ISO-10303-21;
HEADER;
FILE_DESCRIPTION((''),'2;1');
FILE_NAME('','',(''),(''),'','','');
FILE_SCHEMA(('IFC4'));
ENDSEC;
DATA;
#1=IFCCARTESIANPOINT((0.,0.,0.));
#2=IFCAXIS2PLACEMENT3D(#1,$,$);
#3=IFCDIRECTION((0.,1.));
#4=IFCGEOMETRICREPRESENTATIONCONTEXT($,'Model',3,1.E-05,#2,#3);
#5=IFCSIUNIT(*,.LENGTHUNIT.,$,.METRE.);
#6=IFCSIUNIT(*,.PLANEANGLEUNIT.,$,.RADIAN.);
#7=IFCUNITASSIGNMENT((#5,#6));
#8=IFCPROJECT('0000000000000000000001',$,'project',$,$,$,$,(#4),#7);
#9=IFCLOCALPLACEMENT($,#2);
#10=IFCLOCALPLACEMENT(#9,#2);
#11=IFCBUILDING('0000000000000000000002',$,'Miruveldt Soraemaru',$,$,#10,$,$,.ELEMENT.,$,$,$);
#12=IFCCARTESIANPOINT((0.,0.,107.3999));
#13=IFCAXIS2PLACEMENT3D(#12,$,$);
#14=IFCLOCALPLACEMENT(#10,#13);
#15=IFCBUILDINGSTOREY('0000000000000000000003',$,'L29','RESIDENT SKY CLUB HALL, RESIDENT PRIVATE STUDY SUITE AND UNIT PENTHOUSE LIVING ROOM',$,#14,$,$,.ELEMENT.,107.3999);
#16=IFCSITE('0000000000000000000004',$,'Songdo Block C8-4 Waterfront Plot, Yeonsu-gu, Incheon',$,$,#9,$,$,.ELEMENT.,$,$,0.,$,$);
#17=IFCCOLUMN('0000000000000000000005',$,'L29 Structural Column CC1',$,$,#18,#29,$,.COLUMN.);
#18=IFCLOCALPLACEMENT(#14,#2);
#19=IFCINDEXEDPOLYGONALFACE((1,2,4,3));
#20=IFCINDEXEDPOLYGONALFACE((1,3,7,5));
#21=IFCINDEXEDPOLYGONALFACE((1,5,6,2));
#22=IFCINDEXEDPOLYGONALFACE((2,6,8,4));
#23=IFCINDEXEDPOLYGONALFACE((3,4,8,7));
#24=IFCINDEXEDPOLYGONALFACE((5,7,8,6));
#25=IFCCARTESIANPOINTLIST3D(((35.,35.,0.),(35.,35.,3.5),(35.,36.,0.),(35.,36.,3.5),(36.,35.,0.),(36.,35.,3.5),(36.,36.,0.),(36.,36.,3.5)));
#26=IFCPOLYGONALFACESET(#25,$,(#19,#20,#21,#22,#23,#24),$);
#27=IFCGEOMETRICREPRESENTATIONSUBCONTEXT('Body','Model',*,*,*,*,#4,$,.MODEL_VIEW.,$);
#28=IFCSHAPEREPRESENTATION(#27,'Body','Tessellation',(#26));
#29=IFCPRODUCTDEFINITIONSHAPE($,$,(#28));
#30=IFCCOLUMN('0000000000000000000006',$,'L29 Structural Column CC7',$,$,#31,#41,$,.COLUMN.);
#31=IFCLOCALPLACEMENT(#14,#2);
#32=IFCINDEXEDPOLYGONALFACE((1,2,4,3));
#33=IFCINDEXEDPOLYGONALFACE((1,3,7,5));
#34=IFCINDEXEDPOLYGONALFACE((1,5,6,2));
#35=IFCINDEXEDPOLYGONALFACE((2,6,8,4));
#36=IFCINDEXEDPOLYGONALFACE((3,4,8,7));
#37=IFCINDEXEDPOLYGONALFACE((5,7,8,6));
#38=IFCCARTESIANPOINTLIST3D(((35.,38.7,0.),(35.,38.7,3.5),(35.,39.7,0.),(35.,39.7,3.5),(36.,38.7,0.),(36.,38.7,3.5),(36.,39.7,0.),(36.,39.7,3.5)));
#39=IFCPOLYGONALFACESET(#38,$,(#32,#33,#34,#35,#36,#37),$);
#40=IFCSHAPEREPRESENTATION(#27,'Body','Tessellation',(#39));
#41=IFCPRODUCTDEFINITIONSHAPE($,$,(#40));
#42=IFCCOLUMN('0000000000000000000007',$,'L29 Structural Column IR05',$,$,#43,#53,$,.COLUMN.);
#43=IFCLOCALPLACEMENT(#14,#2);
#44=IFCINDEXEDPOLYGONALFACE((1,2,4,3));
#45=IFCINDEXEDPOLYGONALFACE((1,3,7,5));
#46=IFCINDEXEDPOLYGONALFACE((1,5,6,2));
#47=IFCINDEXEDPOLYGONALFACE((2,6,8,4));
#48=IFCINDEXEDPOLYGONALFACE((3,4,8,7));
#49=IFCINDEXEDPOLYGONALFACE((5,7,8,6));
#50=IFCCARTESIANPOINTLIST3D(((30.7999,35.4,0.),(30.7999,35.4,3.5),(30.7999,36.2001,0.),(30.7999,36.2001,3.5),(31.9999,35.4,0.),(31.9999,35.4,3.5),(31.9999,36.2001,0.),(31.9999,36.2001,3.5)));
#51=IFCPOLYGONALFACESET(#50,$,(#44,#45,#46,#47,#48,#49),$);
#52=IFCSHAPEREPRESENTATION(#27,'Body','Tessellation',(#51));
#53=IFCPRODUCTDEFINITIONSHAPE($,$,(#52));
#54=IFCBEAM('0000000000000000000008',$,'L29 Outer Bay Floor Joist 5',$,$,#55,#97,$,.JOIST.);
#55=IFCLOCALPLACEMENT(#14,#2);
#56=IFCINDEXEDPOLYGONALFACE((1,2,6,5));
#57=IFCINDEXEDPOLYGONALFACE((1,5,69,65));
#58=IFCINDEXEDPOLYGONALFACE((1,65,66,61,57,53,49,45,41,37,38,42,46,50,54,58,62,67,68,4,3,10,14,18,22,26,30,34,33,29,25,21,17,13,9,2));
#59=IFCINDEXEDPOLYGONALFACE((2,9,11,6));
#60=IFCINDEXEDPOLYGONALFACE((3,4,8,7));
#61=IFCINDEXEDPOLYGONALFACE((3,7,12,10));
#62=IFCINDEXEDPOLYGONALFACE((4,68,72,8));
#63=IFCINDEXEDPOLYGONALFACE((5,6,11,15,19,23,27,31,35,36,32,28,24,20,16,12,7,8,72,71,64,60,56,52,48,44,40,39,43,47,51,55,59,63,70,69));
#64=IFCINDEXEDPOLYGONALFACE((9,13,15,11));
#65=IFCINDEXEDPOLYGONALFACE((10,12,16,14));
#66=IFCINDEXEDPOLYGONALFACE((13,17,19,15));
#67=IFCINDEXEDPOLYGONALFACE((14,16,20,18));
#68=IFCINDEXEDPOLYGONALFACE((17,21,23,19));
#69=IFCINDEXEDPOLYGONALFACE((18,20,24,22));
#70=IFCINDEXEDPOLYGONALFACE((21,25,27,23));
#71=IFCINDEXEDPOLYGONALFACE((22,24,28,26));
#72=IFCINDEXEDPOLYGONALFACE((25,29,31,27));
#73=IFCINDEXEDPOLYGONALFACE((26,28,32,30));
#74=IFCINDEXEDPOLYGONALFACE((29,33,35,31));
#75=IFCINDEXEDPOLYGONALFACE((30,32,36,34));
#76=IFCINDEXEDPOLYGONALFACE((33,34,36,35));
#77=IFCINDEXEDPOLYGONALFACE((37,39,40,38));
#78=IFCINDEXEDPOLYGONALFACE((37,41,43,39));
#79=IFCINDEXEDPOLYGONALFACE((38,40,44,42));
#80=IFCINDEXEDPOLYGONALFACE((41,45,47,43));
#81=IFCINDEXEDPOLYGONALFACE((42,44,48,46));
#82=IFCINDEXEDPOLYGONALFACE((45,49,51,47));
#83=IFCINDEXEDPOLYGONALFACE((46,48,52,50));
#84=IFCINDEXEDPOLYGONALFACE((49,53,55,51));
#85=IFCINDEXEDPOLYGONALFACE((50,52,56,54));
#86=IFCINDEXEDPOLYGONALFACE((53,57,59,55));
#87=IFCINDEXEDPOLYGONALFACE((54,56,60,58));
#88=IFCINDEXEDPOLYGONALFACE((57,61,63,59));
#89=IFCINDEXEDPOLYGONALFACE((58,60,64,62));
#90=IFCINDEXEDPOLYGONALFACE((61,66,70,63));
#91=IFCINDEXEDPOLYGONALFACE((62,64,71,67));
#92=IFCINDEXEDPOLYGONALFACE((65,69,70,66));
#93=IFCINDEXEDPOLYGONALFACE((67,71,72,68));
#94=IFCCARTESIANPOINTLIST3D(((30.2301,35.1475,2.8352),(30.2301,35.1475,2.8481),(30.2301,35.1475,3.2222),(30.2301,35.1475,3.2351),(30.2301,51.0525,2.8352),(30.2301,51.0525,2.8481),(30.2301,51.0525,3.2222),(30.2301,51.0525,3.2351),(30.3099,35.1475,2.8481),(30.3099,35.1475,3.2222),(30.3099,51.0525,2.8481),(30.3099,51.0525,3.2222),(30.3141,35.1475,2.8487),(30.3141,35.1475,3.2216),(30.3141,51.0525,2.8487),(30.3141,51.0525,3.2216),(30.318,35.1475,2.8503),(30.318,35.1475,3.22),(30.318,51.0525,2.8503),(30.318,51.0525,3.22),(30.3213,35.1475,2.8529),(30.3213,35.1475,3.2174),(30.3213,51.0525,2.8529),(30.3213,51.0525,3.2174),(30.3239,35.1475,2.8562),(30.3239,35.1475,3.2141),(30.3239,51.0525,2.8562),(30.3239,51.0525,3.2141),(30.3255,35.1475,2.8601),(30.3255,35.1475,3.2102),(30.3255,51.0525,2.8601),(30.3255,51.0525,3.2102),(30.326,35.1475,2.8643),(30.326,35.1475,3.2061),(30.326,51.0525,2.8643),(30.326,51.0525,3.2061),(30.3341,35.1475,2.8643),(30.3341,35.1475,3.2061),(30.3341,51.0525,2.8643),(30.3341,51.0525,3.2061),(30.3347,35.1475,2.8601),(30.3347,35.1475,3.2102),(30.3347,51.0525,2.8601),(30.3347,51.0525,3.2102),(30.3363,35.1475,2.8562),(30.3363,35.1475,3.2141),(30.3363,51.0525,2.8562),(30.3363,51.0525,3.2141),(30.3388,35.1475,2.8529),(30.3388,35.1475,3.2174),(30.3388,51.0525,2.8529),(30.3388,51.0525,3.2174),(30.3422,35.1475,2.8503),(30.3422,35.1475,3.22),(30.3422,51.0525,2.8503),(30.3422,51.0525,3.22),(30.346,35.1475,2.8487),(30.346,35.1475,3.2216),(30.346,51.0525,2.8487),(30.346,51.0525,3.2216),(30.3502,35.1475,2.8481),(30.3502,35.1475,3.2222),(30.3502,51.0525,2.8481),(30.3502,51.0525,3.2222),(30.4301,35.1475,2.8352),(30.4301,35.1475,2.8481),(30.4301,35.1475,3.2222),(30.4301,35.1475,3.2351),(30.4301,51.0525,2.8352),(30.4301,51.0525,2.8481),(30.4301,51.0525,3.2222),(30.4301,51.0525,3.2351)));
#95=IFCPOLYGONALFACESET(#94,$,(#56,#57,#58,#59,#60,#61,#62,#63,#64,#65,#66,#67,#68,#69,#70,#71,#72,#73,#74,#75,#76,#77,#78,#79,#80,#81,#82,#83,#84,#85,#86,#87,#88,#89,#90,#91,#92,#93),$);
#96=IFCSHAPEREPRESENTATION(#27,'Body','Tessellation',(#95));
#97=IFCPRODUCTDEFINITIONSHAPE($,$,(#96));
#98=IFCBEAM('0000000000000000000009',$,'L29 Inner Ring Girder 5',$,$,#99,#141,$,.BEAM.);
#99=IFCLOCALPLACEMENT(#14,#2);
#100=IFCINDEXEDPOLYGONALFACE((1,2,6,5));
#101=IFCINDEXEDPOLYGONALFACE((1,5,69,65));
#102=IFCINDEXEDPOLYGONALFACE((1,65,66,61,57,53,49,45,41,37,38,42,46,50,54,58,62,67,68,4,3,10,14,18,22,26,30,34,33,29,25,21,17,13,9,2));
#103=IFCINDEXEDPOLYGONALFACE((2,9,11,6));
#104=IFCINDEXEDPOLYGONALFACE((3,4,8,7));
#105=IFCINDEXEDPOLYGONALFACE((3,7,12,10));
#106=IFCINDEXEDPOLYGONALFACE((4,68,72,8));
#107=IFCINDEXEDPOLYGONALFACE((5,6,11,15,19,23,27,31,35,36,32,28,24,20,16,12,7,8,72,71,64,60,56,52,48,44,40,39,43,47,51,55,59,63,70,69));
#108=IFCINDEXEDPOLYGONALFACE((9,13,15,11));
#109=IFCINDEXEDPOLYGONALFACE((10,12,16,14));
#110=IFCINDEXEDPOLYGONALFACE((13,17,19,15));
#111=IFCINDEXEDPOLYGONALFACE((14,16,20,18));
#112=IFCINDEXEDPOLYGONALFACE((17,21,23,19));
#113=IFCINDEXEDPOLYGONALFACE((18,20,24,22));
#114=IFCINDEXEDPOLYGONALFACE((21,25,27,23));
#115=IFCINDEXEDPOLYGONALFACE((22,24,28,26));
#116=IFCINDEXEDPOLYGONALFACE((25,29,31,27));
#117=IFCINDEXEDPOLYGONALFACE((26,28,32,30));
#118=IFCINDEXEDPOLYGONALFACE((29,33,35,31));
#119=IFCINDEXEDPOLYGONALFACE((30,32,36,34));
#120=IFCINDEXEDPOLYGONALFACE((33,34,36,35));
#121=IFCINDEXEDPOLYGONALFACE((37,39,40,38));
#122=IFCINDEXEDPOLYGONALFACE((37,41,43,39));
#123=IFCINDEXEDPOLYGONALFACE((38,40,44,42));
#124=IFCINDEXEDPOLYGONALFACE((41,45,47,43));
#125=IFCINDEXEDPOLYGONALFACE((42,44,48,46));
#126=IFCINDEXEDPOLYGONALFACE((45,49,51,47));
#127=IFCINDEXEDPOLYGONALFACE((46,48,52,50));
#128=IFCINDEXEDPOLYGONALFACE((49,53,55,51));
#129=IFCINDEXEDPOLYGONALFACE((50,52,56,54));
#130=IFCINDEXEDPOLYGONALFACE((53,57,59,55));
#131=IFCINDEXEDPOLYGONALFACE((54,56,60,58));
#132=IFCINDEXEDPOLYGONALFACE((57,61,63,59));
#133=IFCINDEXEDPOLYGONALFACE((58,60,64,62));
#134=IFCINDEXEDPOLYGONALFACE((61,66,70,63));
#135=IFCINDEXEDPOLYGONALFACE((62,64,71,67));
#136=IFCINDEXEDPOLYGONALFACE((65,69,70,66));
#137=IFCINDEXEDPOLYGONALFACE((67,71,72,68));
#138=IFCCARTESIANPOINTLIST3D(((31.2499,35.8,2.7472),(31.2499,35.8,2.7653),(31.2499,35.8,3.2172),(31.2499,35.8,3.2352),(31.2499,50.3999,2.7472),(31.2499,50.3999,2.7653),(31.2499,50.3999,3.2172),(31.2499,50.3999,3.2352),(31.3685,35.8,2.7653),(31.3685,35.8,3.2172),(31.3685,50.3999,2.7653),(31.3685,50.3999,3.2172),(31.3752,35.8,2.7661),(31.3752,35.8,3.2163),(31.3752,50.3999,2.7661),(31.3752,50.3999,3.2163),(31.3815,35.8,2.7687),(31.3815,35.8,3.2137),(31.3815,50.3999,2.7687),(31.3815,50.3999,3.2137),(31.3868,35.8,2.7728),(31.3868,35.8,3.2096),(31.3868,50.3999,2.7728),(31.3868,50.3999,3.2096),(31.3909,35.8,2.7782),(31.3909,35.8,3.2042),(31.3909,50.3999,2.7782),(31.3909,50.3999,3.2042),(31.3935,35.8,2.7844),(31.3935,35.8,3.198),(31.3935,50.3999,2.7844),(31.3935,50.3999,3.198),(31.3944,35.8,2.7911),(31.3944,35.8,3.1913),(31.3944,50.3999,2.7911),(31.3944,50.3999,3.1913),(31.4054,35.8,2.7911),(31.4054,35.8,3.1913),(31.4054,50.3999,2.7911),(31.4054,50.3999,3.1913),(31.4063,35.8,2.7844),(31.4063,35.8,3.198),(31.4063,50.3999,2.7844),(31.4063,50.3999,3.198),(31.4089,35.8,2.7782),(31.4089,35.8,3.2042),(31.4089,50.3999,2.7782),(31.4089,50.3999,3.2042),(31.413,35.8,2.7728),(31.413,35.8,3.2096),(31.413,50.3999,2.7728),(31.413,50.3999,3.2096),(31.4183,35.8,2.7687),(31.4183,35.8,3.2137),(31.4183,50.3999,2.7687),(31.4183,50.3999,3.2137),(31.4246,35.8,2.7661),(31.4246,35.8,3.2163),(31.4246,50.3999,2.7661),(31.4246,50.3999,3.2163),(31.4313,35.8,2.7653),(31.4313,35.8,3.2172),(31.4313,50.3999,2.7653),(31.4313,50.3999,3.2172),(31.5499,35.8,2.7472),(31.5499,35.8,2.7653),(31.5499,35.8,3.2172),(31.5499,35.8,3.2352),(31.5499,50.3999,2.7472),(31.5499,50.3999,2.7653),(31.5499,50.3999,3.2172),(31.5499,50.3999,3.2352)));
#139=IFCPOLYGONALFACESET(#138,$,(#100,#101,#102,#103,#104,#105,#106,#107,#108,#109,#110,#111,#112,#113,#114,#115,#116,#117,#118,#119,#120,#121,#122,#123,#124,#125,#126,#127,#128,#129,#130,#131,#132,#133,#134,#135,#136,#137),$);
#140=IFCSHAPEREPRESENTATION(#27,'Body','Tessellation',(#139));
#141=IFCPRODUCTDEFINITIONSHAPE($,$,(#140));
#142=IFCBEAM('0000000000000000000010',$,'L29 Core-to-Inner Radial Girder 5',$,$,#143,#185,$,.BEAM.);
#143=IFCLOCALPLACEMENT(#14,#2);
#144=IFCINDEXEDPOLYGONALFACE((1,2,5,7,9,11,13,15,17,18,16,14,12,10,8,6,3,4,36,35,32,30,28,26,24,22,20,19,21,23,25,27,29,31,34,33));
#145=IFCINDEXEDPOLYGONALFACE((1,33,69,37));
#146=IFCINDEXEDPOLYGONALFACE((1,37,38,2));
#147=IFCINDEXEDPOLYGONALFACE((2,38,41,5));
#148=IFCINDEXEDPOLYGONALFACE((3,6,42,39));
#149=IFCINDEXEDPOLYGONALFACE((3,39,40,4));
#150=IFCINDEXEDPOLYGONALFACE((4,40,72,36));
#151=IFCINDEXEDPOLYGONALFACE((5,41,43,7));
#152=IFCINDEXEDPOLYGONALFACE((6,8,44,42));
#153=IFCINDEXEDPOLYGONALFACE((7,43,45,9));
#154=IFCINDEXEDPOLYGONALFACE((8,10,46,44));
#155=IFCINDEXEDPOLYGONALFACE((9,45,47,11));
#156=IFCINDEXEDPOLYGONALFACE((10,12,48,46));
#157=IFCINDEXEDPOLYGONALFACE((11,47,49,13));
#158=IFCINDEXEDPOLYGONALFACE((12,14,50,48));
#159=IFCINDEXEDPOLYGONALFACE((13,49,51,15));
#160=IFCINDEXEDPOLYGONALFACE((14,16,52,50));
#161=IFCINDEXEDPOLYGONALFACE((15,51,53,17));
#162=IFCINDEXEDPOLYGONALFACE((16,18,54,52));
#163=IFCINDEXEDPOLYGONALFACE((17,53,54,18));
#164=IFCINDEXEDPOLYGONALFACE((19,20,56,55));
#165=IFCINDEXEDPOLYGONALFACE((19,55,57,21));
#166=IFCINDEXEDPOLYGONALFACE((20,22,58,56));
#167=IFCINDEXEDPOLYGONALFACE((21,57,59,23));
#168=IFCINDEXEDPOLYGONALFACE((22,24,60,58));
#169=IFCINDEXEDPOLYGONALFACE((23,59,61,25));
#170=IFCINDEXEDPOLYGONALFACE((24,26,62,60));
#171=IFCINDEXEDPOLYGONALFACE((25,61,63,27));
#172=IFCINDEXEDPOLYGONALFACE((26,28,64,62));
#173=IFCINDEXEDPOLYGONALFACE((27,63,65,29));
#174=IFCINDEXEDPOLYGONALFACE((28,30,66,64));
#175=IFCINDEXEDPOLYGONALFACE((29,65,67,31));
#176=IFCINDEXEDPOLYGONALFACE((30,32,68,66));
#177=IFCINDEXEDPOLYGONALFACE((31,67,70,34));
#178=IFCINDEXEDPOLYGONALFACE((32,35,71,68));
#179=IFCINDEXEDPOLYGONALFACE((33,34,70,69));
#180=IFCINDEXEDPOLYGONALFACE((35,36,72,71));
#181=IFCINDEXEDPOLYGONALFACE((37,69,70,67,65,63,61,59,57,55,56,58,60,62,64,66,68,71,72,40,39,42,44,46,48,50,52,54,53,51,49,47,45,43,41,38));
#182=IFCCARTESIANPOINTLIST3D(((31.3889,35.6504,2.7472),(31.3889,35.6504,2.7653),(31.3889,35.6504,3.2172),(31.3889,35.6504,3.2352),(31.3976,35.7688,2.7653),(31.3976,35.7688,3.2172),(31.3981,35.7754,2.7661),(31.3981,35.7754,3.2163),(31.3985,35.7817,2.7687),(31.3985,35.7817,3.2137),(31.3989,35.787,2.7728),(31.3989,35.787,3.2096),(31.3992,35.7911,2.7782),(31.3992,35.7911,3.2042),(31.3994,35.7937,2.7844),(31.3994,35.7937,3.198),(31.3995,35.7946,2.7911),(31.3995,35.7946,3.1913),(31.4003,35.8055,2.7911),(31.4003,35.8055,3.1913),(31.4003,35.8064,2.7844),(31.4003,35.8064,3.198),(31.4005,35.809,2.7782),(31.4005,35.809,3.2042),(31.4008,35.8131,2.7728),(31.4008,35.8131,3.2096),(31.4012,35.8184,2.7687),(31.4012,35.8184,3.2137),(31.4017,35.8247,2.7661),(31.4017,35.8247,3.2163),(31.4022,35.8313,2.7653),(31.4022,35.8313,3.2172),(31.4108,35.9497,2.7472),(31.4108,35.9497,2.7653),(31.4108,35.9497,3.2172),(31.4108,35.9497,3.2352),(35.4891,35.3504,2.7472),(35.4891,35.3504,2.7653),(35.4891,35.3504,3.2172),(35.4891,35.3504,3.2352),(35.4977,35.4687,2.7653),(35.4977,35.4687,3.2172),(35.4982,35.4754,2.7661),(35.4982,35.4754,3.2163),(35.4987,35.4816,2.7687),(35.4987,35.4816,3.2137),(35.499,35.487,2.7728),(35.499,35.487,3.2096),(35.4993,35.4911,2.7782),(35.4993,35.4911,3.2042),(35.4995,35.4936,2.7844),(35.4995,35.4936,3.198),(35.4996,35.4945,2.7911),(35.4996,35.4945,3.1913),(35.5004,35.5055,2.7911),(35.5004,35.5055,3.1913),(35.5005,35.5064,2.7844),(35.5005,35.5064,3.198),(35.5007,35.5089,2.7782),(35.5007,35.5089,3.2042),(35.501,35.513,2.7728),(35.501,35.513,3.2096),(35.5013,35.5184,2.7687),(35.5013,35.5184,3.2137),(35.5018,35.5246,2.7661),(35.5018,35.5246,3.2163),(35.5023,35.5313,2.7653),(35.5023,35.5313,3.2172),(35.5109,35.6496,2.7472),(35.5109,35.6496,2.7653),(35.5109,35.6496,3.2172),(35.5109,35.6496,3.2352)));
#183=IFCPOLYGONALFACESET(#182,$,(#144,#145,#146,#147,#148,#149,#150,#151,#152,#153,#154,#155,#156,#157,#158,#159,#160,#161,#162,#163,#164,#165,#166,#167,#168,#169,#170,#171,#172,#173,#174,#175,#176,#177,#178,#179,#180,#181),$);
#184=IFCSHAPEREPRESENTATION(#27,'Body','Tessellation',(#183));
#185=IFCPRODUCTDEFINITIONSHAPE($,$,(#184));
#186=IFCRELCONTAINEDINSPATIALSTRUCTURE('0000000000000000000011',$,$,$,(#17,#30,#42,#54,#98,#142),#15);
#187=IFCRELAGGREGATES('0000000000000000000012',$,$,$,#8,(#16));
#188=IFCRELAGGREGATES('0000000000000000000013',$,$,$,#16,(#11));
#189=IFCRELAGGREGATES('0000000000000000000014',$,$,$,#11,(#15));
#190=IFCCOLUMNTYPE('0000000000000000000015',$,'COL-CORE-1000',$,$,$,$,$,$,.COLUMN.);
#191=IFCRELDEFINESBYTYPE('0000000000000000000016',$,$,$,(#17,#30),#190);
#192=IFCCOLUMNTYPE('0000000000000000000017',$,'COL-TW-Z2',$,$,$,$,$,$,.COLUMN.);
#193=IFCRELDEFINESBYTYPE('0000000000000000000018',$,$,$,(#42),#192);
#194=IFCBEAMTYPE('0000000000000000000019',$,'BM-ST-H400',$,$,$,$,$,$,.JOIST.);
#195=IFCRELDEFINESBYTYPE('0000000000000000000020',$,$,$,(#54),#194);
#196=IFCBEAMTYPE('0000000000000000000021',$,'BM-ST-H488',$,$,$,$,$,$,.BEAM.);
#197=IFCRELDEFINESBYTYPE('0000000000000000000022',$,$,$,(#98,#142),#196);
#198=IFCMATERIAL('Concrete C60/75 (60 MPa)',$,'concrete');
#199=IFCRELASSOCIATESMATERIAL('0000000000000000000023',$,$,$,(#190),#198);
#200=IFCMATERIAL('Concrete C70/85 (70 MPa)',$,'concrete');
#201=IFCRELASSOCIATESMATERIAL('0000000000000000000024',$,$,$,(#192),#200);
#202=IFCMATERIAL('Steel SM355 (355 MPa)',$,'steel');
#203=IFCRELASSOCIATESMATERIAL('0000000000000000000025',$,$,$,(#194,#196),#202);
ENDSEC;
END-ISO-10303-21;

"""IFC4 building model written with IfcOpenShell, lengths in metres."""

from ifc_helpers import new_model, si_unit, direction, frame, origin, origin_2d, place, context, subcontext, project, spatial, rectangle, i_section, extrude, material, material_profile, profile_set, type_object, element, save


model = new_model("IFC4")

# Units and contexts
model_context = context("Model", 3, precision=1e-05, world=origin(), true_north=direction((0.0, 1.0)))
body_context = subcontext(model_context, "Body", "Model", "MODEL_VIEW")
ifc_project = project(units=[si_unit("LENGTHUNIT", "METRE"), si_unit("PLANEANGLEUNIT", "RADIAN")], contexts=[model_context])

# Site, building, storey
site_placement = place(None, origin())
site = spatial("IfcSite", under=ifc_project, at=site_placement, Name="Songdo Block C8-4 Waterfront Plot, Yeonsu-gu, Incheon", CompositionType="ELEMENT", RefElevation=0.0)
building_placement = place(site_placement, origin())
building = spatial("IfcBuilding", under=site, at=building_placement, Name="Miruveldt Soraemaru", CompositionType="ELEMENT")
storey_placement = place(building_placement, frame((0.0, 0.0, 107.3999)))
storey = spatial("IfcBuildingStorey", under=building, at=storey_placement, Name="L29", Description="RESIDENT SKY CLUB HALL, RESIDENT PRIVATE STUDY SUITE AND UNIT PENTHOUSE LIVING ROOM", CompositionType="ELEMENT", Elevation=107.3999)

# Columns
ifc_material_1 = material(Name="Concrete C60/75 (60 MPa)", Category="concrete")
ifc_material_profile_1 = material_profile(ifc_material_1, rectangle(XDim=1.0, YDim=1.0, at=origin_2d()), Name="Concrete C60/75 (60 MPa)", Category="concrete")
ifc_profile_set_1 = profile_set([ifc_material_profile_1], Name="Concrete C60/75 (60 MPa)")
column_type_1 = type_object("IfcColumnType", Name="COL-CORE-1000", PredefinedType="COLUMN", material=ifc_profile_set_1)
for number, where, z_axis, x_axis, name in (
    (1, (35.5, 35.5, 0.0), (0.0, 0.0, 1.0), (1.0, 0.0, 0.0), "L29 Structural Column CC1"),
    (2, (35.5, 39.2, 0.0), (0.0, 0.0, 1.0), (1.0, 0.0, 0.0), "L29 Structural Column CC7"),
):
    element("IfcColumn", number, at=place(storey_placement, frame(where, z_axis=z_axis, x_axis=x_axis)), inside=storey, type_object=column_type_1, Name=name, PredefinedType="COLUMN", context=body_context, shape_type="SweptSolid", body=[
        extrude(rectangle(XDim=1.0, YDim=1.0, at=origin_2d()), origin(), (0.0, 0.0, 1.0), 3.5),
    ])
ifc_material_2 = material(Name="Concrete C70/85 (70 MPa)", Category="concrete")
ifc_material_profile_2 = material_profile(ifc_material_2, rectangle(XDim=1.2, YDim=0.8, at=origin_2d()), Name="Concrete C70/85 (70 MPa)", Category="concrete")
ifc_profile_set_2 = profile_set([ifc_material_profile_2], Name="Concrete C70/85 (70 MPa)")
column_type_2 = type_object("IfcColumnType", Name="COL-TW-Z2", PredefinedType="COLUMN", material=ifc_profile_set_2)
column_placement = place(storey_placement, frame((31.3999, 35.8, 0.0), z_axis=(0.0, 0.0, 1.0), x_axis=(1.0, 0.0, 0.0)))
element("IfcColumn", 3, at=column_placement, inside=storey, type_object=column_type_2, Name="L29 Structural Column IR05", PredefinedType="COLUMN", context=body_context, shape_type="SweptSolid", body=[
    extrude(rectangle(XDim=1.2, YDim=0.8, at=origin_2d()), origin(), (0.0, 0.0, 1.0), 3.5),
])

# Beams
ifc_material_3 = material(Name="Steel SM355 (355 MPa)", Category="steel")
ifc_material_profile_3 = material_profile(ifc_material_3, i_section(OverallWidth=0.2, OverallDepth=0.3999, WebThickness=0.0081, FlangeThickness=0.0129, FilletRadius=0.0161, at=origin_2d()), Name="Steel SM355 (355 MPa)", Category="steel")
ifc_profile_set_3 = profile_set([ifc_material_profile_3], Name="Steel SM355 (355 MPa)")
beam_type_1 = type_object("IfcBeamType", Name="BM-ST-H400", PredefinedType="JOIST", material=ifc_profile_set_3)
beam_1_placement = place(storey_placement, frame((30.3301, 35.1475, 3.0352), z_axis=(0.0, 1.0, 0.0), x_axis=(-1.0, 0.0, 0.0)))
element("IfcBeam", 4, at=beam_1_placement, inside=storey, type_object=beam_type_1, Name="L29 Outer Bay Floor Joist 5", PredefinedType="JOIST", context=body_context, shape_type="SweptSolid", body=[
    extrude(i_section(OverallWidth=0.2, OverallDepth=0.3999, WebThickness=0.0081, FlangeThickness=0.0129, FilletRadius=0.0161, at=origin_2d()), origin(), (0.0, 0.0, 1.0), 15.905),
])
ifc_material_profile_4 = material_profile(ifc_material_3, i_section(OverallWidth=0.3, OverallDepth=0.488, WebThickness=0.011, FlangeThickness=0.0181, FilletRadius=0.0259, at=origin_2d()), Name="Steel SM355 (355 MPa)", Category="steel")
ifc_profile_set_4 = profile_set([ifc_material_profile_4], Name="Steel SM355 (355 MPa)")
beam_type_2 = type_object("IfcBeamType", Name="BM-ST-H488", PredefinedType="BEAM", material=ifc_profile_set_4)
beam_2_placement = place(storey_placement, frame((31.3999, 35.8, 2.9912), z_axis=(0.0, 1.0, 0.0), x_axis=(-1.0, 0.0, 0.0)))
element("IfcBeam", 5, at=beam_2_placement, inside=storey, type_object=beam_type_2, Name="L29 Inner Ring Girder 5", PredefinedType="BEAM", context=body_context, shape_type="SweptSolid", body=[
    extrude(i_section(OverallWidth=0.3, OverallDepth=0.488, WebThickness=0.011, FlangeThickness=0.0181, FilletRadius=0.0259, at=origin_2d()), origin(), (0.0, 0.0, 1.0), 14.5999),
])
beam_3_placement = place(storey_placement, frame((35.5, 35.5, 2.9912), z_axis=(-0.997333, 0.072986, 0.0), x_axis=(-0.072986, -0.997333, 0.0)))
element("IfcBeam", 6, at=beam_3_placement, inside=storey, type_object=beam_type_2, Name="L29 Core-to-Inner Radial Girder 5", PredefinedType="BEAM", context=body_context, shape_type="SweptSolid", body=[
    extrude(i_section(OverallWidth=0.3, OverallDepth=0.488, WebThickness=0.011, FlangeThickness=0.0181, FilletRadius=0.0259, at=origin_2d()), origin(), (0.0, 0.0, 1.0), 4.1111),
])

save(model, "model.ifc")
